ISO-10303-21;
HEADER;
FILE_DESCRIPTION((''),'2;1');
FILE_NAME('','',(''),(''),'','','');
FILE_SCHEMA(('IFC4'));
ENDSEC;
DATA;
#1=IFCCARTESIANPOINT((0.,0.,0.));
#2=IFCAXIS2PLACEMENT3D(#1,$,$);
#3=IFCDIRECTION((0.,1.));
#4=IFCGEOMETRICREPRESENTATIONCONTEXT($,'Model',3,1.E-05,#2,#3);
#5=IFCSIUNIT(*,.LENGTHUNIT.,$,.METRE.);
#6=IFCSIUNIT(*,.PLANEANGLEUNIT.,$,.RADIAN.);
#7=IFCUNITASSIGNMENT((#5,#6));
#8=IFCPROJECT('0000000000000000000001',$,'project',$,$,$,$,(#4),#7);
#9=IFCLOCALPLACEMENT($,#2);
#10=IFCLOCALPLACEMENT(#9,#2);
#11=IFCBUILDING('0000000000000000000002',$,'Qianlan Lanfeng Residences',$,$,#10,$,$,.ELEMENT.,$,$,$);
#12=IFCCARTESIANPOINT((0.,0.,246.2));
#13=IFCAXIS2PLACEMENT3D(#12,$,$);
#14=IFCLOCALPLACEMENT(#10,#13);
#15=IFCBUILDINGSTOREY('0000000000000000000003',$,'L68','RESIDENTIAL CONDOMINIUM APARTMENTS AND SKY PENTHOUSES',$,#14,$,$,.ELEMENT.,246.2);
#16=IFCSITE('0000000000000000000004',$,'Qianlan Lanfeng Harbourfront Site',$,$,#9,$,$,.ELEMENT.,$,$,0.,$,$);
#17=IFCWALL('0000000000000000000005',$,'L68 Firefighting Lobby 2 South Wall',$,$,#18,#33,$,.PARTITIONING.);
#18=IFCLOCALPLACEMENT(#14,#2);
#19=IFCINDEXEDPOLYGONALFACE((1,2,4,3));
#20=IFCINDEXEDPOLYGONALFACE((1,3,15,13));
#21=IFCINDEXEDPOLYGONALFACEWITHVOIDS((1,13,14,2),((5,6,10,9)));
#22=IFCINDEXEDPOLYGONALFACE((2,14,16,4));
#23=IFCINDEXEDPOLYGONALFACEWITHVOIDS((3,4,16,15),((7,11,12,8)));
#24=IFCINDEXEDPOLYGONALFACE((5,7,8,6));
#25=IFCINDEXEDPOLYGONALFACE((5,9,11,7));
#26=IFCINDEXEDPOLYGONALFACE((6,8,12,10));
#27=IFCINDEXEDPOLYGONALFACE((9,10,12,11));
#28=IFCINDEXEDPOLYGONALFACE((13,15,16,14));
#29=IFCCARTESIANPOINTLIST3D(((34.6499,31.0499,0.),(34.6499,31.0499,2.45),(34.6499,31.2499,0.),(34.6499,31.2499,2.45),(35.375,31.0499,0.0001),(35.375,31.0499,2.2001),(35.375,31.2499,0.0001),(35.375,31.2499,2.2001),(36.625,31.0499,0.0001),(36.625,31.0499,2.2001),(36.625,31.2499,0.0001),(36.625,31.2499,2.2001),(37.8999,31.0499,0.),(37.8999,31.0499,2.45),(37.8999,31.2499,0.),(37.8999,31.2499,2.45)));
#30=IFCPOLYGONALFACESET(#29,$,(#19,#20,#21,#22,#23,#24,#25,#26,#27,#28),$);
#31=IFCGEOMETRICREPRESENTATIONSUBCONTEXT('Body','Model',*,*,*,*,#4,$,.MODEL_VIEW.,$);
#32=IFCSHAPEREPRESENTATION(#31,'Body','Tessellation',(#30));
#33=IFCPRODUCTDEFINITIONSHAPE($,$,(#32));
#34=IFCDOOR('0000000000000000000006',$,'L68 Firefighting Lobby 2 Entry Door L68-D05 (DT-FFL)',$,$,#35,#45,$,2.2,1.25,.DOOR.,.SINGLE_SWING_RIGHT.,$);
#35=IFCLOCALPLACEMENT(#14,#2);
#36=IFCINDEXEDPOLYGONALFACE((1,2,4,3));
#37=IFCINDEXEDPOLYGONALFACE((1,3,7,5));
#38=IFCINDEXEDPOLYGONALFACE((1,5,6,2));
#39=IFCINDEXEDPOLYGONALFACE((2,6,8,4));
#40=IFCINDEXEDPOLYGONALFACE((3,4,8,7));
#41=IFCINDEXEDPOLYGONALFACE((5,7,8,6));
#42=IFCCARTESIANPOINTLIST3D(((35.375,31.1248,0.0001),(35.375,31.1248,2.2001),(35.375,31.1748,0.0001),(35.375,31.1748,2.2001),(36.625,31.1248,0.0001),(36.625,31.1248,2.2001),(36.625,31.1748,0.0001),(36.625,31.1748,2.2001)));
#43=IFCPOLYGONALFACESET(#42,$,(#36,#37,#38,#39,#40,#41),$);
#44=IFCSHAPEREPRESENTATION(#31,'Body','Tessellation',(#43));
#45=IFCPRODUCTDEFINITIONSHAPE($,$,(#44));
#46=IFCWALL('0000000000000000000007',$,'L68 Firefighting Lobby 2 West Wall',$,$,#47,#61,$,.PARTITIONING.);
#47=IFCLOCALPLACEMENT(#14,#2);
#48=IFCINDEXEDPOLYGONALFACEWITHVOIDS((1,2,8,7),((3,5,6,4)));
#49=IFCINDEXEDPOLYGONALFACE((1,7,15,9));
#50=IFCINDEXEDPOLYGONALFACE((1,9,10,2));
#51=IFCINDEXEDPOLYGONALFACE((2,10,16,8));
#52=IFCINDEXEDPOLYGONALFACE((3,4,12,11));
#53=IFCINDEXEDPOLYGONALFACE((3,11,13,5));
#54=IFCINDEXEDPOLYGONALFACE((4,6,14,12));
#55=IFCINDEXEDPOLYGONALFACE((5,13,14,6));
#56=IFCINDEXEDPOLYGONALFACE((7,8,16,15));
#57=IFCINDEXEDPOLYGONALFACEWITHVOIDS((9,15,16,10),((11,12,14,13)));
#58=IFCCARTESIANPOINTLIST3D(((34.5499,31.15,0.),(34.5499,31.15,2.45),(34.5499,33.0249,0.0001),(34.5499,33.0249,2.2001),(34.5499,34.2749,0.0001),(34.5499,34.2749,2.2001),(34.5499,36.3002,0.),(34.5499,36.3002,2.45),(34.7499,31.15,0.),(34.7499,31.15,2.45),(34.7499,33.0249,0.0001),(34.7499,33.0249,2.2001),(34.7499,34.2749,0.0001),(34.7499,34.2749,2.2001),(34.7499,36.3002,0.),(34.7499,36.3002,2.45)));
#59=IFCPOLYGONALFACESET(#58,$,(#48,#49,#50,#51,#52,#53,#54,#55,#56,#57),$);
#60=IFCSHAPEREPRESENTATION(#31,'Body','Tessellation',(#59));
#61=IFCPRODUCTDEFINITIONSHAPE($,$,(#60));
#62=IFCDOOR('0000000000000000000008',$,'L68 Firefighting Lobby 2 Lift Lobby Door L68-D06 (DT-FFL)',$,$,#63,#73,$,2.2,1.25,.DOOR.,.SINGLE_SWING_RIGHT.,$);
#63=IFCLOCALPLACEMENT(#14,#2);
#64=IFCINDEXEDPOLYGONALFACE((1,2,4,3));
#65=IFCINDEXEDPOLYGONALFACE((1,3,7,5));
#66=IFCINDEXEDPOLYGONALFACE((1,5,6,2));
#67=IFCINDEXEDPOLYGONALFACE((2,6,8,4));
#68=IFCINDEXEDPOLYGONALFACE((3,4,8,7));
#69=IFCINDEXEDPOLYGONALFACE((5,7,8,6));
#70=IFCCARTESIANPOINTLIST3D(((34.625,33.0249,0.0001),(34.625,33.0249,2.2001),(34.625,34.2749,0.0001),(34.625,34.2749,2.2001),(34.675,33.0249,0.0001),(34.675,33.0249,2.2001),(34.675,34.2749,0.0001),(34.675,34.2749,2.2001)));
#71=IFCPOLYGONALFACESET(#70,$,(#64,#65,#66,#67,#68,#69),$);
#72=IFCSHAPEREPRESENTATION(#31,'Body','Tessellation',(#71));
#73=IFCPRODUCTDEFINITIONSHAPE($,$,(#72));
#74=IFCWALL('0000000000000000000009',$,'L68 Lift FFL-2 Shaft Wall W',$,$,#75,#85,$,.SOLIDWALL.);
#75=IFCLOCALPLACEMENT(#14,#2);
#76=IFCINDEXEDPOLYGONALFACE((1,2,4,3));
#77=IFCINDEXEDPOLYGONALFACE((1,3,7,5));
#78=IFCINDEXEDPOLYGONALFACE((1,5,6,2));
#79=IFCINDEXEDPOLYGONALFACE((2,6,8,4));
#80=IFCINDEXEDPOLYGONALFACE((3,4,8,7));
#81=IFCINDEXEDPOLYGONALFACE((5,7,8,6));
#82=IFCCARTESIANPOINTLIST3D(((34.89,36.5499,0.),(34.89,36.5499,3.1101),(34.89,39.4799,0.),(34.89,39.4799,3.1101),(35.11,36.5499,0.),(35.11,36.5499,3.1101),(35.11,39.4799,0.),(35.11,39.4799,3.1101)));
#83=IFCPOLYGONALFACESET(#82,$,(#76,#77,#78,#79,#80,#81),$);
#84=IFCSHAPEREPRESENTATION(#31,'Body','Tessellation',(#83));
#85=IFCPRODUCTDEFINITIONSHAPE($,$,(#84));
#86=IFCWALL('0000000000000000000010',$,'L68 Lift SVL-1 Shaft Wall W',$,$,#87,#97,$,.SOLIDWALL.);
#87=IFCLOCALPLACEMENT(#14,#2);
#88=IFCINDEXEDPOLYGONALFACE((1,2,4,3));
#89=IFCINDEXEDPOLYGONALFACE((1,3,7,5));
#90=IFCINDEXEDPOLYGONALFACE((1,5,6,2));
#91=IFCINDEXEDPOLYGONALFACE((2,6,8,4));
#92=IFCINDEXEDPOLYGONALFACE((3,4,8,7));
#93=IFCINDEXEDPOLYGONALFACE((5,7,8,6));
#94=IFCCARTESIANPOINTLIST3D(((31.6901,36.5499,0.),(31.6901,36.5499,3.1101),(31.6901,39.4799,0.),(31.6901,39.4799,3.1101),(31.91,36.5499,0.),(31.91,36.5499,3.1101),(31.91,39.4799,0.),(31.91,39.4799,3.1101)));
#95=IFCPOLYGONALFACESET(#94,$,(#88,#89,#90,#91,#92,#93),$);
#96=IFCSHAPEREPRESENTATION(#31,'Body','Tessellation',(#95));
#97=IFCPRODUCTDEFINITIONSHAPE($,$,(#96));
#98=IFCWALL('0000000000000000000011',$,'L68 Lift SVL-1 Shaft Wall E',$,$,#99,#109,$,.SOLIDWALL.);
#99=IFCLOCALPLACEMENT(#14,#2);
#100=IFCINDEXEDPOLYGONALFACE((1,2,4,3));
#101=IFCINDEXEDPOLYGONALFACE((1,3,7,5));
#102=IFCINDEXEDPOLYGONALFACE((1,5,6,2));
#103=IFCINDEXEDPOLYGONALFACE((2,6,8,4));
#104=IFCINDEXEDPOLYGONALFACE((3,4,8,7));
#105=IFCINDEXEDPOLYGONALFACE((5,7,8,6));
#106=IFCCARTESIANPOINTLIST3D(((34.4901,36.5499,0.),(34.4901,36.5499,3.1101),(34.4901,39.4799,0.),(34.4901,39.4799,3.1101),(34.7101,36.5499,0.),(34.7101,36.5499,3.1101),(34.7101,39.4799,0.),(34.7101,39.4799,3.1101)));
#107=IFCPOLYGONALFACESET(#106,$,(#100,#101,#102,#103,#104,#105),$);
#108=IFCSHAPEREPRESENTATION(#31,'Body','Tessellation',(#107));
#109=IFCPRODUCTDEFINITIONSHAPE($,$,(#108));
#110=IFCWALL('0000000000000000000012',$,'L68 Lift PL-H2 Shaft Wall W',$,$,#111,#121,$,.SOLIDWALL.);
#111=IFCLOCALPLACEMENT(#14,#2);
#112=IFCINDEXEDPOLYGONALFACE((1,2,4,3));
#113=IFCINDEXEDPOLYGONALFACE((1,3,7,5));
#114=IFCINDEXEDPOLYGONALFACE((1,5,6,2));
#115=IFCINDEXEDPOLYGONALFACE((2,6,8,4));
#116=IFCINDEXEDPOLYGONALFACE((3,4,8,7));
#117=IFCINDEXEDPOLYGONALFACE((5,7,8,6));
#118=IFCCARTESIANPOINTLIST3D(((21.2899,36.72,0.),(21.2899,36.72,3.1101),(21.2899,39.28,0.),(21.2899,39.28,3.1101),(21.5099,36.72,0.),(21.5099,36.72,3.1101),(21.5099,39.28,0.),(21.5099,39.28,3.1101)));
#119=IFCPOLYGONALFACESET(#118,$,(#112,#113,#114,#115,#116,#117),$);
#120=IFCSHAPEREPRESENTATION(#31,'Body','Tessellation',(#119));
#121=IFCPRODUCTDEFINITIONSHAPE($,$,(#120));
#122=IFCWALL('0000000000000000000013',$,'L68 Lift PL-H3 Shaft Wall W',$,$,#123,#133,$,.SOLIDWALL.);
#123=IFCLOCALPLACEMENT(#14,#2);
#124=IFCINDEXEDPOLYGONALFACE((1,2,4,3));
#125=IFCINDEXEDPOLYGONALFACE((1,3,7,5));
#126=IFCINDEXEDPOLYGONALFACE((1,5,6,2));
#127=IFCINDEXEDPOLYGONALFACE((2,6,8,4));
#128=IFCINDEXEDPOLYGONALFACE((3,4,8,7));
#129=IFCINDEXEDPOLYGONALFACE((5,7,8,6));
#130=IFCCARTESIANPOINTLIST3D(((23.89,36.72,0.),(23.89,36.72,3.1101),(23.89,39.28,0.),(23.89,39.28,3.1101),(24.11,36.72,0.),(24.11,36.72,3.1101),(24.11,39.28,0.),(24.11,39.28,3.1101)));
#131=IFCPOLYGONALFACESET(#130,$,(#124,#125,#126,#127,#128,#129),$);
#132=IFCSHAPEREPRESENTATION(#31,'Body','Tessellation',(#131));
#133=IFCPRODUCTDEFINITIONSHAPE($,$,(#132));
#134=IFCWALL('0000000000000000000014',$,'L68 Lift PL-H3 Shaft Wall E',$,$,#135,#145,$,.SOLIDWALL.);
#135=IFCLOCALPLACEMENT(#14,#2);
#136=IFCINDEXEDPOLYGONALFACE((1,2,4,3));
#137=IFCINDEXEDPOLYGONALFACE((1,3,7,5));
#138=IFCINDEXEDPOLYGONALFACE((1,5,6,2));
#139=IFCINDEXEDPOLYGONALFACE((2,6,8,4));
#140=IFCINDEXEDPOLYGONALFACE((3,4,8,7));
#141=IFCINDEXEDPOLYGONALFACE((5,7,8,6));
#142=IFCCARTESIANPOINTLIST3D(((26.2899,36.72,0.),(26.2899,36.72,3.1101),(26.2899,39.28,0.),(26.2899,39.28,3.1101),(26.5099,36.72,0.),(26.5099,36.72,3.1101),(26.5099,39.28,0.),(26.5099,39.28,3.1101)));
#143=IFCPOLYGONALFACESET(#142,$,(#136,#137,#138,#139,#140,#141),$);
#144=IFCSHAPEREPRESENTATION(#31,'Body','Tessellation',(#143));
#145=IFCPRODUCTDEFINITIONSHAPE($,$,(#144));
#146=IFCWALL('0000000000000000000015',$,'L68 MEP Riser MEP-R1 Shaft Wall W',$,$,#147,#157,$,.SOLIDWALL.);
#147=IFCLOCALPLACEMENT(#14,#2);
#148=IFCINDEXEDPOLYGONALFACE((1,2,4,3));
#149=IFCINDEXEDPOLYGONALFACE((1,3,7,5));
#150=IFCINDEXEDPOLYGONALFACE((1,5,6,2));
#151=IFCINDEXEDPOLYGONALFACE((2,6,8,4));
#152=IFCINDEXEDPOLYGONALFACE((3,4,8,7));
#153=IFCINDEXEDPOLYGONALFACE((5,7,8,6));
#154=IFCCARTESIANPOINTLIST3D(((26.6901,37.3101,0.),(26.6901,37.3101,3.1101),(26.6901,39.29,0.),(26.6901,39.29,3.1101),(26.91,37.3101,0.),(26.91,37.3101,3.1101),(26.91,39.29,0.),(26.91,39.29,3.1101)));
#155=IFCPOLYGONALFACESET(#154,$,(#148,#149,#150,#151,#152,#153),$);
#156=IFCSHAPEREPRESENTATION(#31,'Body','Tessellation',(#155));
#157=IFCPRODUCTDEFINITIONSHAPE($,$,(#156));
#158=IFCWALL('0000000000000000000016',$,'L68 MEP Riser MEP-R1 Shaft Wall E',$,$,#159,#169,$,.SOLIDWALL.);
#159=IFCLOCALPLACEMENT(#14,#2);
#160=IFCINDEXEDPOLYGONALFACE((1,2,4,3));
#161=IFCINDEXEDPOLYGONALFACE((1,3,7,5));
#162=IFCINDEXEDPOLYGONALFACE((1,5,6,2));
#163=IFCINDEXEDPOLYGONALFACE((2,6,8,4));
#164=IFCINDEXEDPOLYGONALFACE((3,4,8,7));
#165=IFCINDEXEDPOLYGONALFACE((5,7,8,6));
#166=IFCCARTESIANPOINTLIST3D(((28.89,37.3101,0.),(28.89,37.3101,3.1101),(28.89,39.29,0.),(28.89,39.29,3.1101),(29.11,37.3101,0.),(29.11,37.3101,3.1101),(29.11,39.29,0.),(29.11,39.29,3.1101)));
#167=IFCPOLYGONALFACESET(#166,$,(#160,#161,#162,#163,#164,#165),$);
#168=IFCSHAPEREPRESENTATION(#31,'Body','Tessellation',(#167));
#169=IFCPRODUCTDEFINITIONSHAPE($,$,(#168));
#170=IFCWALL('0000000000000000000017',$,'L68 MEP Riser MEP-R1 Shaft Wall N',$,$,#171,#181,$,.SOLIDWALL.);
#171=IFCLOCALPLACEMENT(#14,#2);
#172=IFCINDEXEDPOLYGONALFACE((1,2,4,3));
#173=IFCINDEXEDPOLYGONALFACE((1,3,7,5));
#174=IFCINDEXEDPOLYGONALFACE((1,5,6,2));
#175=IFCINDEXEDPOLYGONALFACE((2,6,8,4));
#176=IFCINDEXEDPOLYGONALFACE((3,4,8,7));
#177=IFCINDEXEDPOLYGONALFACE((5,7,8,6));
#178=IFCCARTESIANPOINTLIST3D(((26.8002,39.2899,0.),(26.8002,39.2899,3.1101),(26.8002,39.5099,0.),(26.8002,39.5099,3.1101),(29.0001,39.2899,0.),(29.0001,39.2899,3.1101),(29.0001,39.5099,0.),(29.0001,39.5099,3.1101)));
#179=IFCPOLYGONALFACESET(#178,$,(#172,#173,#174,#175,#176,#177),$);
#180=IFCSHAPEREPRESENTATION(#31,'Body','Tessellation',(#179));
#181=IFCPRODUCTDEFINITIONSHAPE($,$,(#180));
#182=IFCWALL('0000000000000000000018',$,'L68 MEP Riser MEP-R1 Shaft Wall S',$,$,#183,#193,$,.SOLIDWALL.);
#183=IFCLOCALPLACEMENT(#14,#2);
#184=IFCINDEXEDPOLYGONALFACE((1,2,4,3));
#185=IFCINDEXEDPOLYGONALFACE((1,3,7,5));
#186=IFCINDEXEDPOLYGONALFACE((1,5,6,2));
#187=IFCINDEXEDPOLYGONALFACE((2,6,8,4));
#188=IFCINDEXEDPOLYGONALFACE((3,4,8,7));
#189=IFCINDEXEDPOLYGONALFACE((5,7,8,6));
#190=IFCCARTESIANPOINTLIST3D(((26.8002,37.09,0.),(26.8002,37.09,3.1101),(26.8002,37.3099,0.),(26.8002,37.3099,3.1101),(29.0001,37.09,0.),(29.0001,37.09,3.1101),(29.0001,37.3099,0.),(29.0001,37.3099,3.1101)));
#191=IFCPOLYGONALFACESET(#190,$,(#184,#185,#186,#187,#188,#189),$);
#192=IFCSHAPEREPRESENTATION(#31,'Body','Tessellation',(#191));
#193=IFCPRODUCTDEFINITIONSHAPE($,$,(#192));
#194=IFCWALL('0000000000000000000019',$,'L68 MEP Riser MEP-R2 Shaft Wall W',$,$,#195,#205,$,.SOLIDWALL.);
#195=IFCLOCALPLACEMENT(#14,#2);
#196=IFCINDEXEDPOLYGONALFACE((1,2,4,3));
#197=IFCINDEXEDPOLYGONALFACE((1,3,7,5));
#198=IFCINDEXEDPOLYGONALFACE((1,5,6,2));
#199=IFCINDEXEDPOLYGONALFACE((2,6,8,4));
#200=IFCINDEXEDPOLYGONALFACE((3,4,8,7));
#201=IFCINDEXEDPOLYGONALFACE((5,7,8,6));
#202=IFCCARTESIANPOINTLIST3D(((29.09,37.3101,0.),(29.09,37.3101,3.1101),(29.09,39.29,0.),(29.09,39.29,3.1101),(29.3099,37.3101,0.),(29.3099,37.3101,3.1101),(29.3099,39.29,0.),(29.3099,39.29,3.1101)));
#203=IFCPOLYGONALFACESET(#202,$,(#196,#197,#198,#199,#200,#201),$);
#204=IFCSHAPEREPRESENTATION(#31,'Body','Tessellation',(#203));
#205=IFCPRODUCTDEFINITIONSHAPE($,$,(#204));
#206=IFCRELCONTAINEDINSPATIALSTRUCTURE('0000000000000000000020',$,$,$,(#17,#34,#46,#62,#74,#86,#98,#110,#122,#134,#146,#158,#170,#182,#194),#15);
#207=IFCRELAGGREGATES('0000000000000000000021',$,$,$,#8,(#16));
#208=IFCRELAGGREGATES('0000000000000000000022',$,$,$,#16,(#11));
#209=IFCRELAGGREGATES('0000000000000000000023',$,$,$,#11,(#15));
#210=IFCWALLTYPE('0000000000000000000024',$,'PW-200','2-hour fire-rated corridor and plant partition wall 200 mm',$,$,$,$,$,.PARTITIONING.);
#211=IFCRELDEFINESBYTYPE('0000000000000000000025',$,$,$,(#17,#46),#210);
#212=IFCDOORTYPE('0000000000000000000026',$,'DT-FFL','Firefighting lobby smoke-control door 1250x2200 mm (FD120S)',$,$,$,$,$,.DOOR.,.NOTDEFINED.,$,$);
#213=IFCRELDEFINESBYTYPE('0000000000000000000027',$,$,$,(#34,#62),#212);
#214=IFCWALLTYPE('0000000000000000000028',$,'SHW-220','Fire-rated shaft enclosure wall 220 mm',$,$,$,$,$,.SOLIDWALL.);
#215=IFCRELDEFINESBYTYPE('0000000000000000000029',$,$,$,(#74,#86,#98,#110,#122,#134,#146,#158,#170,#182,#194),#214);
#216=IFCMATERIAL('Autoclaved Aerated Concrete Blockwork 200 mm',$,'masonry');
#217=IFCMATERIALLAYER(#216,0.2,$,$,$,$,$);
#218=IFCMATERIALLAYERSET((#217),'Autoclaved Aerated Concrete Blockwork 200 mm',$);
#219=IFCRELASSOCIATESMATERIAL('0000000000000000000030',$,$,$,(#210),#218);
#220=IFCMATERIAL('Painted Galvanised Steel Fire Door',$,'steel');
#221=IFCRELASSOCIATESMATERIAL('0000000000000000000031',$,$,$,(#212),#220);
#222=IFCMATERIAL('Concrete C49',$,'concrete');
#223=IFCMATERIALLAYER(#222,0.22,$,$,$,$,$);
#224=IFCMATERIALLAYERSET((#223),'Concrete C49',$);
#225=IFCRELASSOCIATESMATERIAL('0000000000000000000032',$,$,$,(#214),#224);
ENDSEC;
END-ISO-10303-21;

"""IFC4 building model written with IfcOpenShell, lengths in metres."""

from ifc_helpers import new_model, si_unit, direction, frame, frame_2d, origin, place, context, subcontext, project, spatial, rectangle, extrude, material, layer, layer_set, type_object, element, fill, save


model = new_model("IFC4")

# Units and contexts
model_context = context("Model", 3, precision=1e-05, world=origin(), true_north=direction((0.0, 1.0)))
body_context = subcontext(model_context, "Body", "Model", "MODEL_VIEW")
ifc_project = project(units=[si_unit("LENGTHUNIT", "METRE"), si_unit("PLANEANGLEUNIT", "RADIAN")], contexts=[model_context])

# Site, building, storey
site_placement = place(None, origin())
site = spatial("IfcSite", under=ifc_project, at=site_placement, Name="Qianlan Lanfeng Harbourfront Site", CompositionType="ELEMENT", RefElevation=0.0)
building_placement = place(site_placement, origin())
building = spatial("IfcBuilding", under=site, at=building_placement, Name="Qianlan Lanfeng Residences", CompositionType="ELEMENT")
storey_placement = place(building_placement, frame((0.0, 0.0, 246.2)))
storey = spatial("IfcBuildingStorey", under=building, at=storey_placement, Name="L68", Description="RESIDENTIAL CONDOMINIUM APARTMENTS AND SKY PENTHOUSES", CompositionType="ELEMENT", Elevation=246.2)

# Walls, openings, doors
ifc_material_1 = material(Name="Autoclaved Aerated Concrete Blockwork 200 mm", Category="masonry")
ifc_layer_1 = layer(ifc_material_1, 0.2)
ifc_layer_set_1 = layer_set([ifc_layer_1], Name="Autoclaved Aerated Concrete Blockwork 200 mm")
wall_type_1 = type_object("IfcWallType", Name="PW-200", Description="2-hour fire-rated corridor and plant partition wall 200 mm", PredefinedType="PARTITIONING", material=ifc_layer_set_1)
wall_1_placement = place(storey_placement, frame((34.6499, 31.1499, 0.0), z_axis=(0.0, 0.0, 1.0), x_axis=(1.0, 0.0, 0.0)))
wall_1 = element("IfcWall", 1, at=wall_1_placement, inside=storey, type_object=wall_type_1, Name="L68 Firefighting Lobby 2 South Wall", PredefinedType="PARTITIONING", context=body_context, shape_type="SweptSolid", body=[
    extrude(rectangle(XDim=3.25, YDim=0.2, at=frame_2d((1.625, 0.0))), origin(), (0.0, 0.0, 1.0), 2.45),
])
opening_1_placement = place(wall_1_placement, frame((0.7251, 0.0, 0.0)))
opening_1 = element("IfcOpeningElement", 2, at=opening_1_placement, cuts=wall_1, PredefinedType="OPENING", context=body_context, shape_type="SweptSolid", body=[
    extrude(rectangle(XDim=1.25, YDim=2.2, at=frame_2d((0.625, 1.1001))), frame((0.0, 0.1099, 0.0), z_axis=(0.0, -1.0, 0.0), x_axis=(1.0, 0.0, 0.0)), (0.0, 0.0, 1.0), 0.22),
])
ifc_material_2 = material(Name="Painted Galvanised Steel Fire Door", Category="steel")
door_type = type_object("IfcDoorType", Name="DT-FFL", Description="Firefighting lobby smoke-control door 1250x2200 mm (FD120S)", OperationType="NOTDEFINED", PredefinedType="DOOR", material=ifc_material_2)
door_1_placement = place(opening_1_placement, origin())
door_1 = element("IfcDoor", 3, at=door_1_placement, inside=storey, type_object=door_type, Name="L68 Firefighting Lobby 2 Entry Door L68-D05 (DT-FFL)", OperationType="SINGLE_SWING_RIGHT", OverallHeight=2.2, OverallWidth=1.25, PredefinedType="DOOR", context=body_context, shape_type="SweptSolid", body=[
    extrude(rectangle(XDim=1.25, YDim=2.2, at=frame_2d((0.625, 1.1001))), frame((0.0, 0.0249, 0.0), z_axis=(0.0, -1.0, 0.0), x_axis=(1.0, 0.0, 0.0)), (0.0, 0.0, 1.0), 0.05),
])
fill(opening_1, door_1)
wall_2_placement = place(storey_placement, frame((34.6499, 31.1499, 0.0), z_axis=(0.0, 0.0, 1.0), x_axis=(0.0, 1.0, 0.0)))
wall_2 = element("IfcWall", 4, at=wall_2_placement, inside=storey, type_object=wall_type_1, Name="L68 Firefighting Lobby 2 West Wall", PredefinedType="PARTITIONING", context=body_context, shape_type="SweptSolid", body=[
    extrude(rectangle(XDim=5.1501, YDim=0.2, at=frame_2d((2.5752, 0.0))), origin(), (0.0, 0.0, 1.0), 2.45),
])
opening_2_placement = place(wall_2_placement, frame((1.875, 0.0, 0.0)))
opening_2 = element("IfcOpeningElement", 5, at=opening_2_placement, cuts=wall_2, PredefinedType="OPENING", context=body_context, shape_type="SweptSolid", body=[
    extrude(rectangle(XDim=1.25, YDim=2.2, at=frame_2d((0.625, 1.1001))), frame((0.0, 0.1099, 0.0), z_axis=(0.0, -1.0, 0.0), x_axis=(1.0, 0.0, 0.0)), (0.0, 0.0, 1.0), 0.22),
])
door_2_placement = place(opening_2_placement, origin())
door_2 = element("IfcDoor", 6, at=door_2_placement, inside=storey, type_object=door_type, Name="L68 Firefighting Lobby 2 Lift Lobby Door L68-D06 (DT-FFL)", OperationType="SINGLE_SWING_RIGHT", OverallHeight=2.2, OverallWidth=1.25, PredefinedType="DOOR", context=body_context, shape_type="SweptSolid", body=[
    extrude(rectangle(XDim=1.25, YDim=2.2, at=frame_2d((0.625, 1.1001))), frame((0.0, 0.0249, 0.0), z_axis=(0.0, -1.0, 0.0), x_axis=(1.0, 0.0, 0.0)), (0.0, 0.0, 1.0), 0.05),
])
fill(opening_2, door_2)

# Walls
ifc_material_3 = material(Name="Concrete C49", Category="concrete")
ifc_layer_2 = layer(ifc_material_3, 0.22)
ifc_layer_set_2 = layer_set([ifc_layer_2], Name="Concrete C49")
wall_type_2 = type_object("IfcWallType", Name="SHW-220", Description="Fire-rated shaft enclosure wall 220 mm", PredefinedType="SOLIDWALL", material=ifc_layer_set_2)
for number, where, z_axis, x_axis, name in (
    (7, (35.0, 36.55, 0.0), (0.0, 0.0, 1.0), (0.0, 1.0, 0.0), "L68 Lift FFL-2 Shaft Wall W"),
    (8, (31.8, 36.55, 0.0), (0.0, 0.0, 1.0), (0.0, 1.0, 0.0), "L68 Lift SVL-1 Shaft Wall W"),
    (9, (34.6001, 36.55, 0.0), (0.0, 0.0, 1.0), (0.0, 1.0, 0.0), "L68 Lift SVL-1 Shaft Wall E"),
):
    element("IfcWall", number, at=place(storey_placement, frame(where, z_axis=z_axis, x_axis=x_axis)), inside=storey, type_object=wall_type_2, Name=name, PredefinedType="SOLIDWALL", context=body_context, shape_type="SweptSolid", body=[
        extrude(rectangle(XDim=2.9299, YDim=0.22, at=frame_2d((1.4648, 0.0))), origin(), (0.0, 0.0, 1.0), 3.1101),
    ])
for number, where, z_axis, x_axis, name in (
    (10, (21.3999, 36.72, 0.0), (0.0, 0.0, 1.0), (0.0, 1.0, 0.0), "L68 Lift PL-H2 Shaft Wall W"),
    (11, (24.0, 36.72, 0.0), (0.0, 0.0, 1.0), (0.0, 1.0, 0.0), "L68 Lift PL-H3 Shaft Wall W"),
    (12, (26.3999, 36.72, 0.0), (0.0, 0.0, 1.0), (0.0, 1.0, 0.0), "L68 Lift PL-H3 Shaft Wall E"),
):
    element("IfcWall", number, at=place(storey_placement, frame(where, z_axis=z_axis, x_axis=x_axis)), inside=storey, type_object=wall_type_2, Name=name, PredefinedType="SOLIDWALL", context=body_context, shape_type="SweptSolid", body=[
        extrude(rectangle(XDim=2.5601, YDim=0.22, at=frame_2d((1.28, 0.0))), origin(), (0.0, 0.0, 1.0), 3.1101),
    ])
for number, where, z_axis, x_axis, name in (
    (13, (26.8, 37.3101, 0.0), (0.0, 0.0, 1.0), (0.0, 1.0, 0.0), "L68 MEP Riser MEP-R1 Shaft Wall W"),
    (14, (29.0, 37.3101, 0.0), (0.0, 0.0, 1.0), (0.0, 1.0, 0.0), "L68 MEP Riser MEP-R1 Shaft Wall E"),
):
    element("IfcWall", number, at=place(storey_placement, frame(where, z_axis=z_axis, x_axis=x_axis)), inside=storey, type_object=wall_type_2, Name=name, PredefinedType="SOLIDWALL", context=body_context, shape_type="SweptSolid", body=[
        extrude(rectangle(XDim=1.98, YDim=0.22, at=frame_2d((0.99, 0.0))), origin(), (0.0, 0.0, 1.0), 3.1101),
    ])
for number, where, z_axis, x_axis, name in (
    (15, (26.8, 39.3999, 0.0), (0.0, 0.0, 1.0), (1.0, 0.0, 0.0), "L68 MEP Riser MEP-R1 Shaft Wall N"),
    (16, (26.8, 37.2, 0.0), (0.0, 0.0, 1.0), (1.0, 0.0, 0.0), "L68 MEP Riser MEP-R1 Shaft Wall S"),
):
    element("IfcWall", number, at=place(storey_placement, frame(where, z_axis=z_axis, x_axis=x_axis)), inside=storey, type_object=wall_type_2, Name=name, PredefinedType="SOLIDWALL", context=body_context, shape_type="SweptSolid", body=[
        extrude(rectangle(XDim=2.2, YDim=0.22, at=frame_2d((1.1001, 0.0))), origin(), (0.0, 0.0, 1.0), 3.1101),
    ])
for number, where, z_axis, x_axis, name in (
    (17, (29.2, 37.3101, 0.0), (0.0, 0.0, 1.0), (0.0, 1.0, 0.0), "L68 MEP Riser MEP-R2 Shaft Wall W"),
):
    element("IfcWall", number, at=place(storey_placement, frame(where, z_axis=z_axis, x_axis=x_axis)), inside=storey, type_object=wall_type_2, Name=name, PredefinedType="SOLIDWALL", context=body_context, shape_type="SweptSolid", body=[
        extrude(rectangle(XDim=1.98, YDim=0.22, at=frame_2d((0.99, 0.0))), origin(), (0.0, 0.0, 1.0), 3.1101),
    ])

save(model, "model.ifc")
